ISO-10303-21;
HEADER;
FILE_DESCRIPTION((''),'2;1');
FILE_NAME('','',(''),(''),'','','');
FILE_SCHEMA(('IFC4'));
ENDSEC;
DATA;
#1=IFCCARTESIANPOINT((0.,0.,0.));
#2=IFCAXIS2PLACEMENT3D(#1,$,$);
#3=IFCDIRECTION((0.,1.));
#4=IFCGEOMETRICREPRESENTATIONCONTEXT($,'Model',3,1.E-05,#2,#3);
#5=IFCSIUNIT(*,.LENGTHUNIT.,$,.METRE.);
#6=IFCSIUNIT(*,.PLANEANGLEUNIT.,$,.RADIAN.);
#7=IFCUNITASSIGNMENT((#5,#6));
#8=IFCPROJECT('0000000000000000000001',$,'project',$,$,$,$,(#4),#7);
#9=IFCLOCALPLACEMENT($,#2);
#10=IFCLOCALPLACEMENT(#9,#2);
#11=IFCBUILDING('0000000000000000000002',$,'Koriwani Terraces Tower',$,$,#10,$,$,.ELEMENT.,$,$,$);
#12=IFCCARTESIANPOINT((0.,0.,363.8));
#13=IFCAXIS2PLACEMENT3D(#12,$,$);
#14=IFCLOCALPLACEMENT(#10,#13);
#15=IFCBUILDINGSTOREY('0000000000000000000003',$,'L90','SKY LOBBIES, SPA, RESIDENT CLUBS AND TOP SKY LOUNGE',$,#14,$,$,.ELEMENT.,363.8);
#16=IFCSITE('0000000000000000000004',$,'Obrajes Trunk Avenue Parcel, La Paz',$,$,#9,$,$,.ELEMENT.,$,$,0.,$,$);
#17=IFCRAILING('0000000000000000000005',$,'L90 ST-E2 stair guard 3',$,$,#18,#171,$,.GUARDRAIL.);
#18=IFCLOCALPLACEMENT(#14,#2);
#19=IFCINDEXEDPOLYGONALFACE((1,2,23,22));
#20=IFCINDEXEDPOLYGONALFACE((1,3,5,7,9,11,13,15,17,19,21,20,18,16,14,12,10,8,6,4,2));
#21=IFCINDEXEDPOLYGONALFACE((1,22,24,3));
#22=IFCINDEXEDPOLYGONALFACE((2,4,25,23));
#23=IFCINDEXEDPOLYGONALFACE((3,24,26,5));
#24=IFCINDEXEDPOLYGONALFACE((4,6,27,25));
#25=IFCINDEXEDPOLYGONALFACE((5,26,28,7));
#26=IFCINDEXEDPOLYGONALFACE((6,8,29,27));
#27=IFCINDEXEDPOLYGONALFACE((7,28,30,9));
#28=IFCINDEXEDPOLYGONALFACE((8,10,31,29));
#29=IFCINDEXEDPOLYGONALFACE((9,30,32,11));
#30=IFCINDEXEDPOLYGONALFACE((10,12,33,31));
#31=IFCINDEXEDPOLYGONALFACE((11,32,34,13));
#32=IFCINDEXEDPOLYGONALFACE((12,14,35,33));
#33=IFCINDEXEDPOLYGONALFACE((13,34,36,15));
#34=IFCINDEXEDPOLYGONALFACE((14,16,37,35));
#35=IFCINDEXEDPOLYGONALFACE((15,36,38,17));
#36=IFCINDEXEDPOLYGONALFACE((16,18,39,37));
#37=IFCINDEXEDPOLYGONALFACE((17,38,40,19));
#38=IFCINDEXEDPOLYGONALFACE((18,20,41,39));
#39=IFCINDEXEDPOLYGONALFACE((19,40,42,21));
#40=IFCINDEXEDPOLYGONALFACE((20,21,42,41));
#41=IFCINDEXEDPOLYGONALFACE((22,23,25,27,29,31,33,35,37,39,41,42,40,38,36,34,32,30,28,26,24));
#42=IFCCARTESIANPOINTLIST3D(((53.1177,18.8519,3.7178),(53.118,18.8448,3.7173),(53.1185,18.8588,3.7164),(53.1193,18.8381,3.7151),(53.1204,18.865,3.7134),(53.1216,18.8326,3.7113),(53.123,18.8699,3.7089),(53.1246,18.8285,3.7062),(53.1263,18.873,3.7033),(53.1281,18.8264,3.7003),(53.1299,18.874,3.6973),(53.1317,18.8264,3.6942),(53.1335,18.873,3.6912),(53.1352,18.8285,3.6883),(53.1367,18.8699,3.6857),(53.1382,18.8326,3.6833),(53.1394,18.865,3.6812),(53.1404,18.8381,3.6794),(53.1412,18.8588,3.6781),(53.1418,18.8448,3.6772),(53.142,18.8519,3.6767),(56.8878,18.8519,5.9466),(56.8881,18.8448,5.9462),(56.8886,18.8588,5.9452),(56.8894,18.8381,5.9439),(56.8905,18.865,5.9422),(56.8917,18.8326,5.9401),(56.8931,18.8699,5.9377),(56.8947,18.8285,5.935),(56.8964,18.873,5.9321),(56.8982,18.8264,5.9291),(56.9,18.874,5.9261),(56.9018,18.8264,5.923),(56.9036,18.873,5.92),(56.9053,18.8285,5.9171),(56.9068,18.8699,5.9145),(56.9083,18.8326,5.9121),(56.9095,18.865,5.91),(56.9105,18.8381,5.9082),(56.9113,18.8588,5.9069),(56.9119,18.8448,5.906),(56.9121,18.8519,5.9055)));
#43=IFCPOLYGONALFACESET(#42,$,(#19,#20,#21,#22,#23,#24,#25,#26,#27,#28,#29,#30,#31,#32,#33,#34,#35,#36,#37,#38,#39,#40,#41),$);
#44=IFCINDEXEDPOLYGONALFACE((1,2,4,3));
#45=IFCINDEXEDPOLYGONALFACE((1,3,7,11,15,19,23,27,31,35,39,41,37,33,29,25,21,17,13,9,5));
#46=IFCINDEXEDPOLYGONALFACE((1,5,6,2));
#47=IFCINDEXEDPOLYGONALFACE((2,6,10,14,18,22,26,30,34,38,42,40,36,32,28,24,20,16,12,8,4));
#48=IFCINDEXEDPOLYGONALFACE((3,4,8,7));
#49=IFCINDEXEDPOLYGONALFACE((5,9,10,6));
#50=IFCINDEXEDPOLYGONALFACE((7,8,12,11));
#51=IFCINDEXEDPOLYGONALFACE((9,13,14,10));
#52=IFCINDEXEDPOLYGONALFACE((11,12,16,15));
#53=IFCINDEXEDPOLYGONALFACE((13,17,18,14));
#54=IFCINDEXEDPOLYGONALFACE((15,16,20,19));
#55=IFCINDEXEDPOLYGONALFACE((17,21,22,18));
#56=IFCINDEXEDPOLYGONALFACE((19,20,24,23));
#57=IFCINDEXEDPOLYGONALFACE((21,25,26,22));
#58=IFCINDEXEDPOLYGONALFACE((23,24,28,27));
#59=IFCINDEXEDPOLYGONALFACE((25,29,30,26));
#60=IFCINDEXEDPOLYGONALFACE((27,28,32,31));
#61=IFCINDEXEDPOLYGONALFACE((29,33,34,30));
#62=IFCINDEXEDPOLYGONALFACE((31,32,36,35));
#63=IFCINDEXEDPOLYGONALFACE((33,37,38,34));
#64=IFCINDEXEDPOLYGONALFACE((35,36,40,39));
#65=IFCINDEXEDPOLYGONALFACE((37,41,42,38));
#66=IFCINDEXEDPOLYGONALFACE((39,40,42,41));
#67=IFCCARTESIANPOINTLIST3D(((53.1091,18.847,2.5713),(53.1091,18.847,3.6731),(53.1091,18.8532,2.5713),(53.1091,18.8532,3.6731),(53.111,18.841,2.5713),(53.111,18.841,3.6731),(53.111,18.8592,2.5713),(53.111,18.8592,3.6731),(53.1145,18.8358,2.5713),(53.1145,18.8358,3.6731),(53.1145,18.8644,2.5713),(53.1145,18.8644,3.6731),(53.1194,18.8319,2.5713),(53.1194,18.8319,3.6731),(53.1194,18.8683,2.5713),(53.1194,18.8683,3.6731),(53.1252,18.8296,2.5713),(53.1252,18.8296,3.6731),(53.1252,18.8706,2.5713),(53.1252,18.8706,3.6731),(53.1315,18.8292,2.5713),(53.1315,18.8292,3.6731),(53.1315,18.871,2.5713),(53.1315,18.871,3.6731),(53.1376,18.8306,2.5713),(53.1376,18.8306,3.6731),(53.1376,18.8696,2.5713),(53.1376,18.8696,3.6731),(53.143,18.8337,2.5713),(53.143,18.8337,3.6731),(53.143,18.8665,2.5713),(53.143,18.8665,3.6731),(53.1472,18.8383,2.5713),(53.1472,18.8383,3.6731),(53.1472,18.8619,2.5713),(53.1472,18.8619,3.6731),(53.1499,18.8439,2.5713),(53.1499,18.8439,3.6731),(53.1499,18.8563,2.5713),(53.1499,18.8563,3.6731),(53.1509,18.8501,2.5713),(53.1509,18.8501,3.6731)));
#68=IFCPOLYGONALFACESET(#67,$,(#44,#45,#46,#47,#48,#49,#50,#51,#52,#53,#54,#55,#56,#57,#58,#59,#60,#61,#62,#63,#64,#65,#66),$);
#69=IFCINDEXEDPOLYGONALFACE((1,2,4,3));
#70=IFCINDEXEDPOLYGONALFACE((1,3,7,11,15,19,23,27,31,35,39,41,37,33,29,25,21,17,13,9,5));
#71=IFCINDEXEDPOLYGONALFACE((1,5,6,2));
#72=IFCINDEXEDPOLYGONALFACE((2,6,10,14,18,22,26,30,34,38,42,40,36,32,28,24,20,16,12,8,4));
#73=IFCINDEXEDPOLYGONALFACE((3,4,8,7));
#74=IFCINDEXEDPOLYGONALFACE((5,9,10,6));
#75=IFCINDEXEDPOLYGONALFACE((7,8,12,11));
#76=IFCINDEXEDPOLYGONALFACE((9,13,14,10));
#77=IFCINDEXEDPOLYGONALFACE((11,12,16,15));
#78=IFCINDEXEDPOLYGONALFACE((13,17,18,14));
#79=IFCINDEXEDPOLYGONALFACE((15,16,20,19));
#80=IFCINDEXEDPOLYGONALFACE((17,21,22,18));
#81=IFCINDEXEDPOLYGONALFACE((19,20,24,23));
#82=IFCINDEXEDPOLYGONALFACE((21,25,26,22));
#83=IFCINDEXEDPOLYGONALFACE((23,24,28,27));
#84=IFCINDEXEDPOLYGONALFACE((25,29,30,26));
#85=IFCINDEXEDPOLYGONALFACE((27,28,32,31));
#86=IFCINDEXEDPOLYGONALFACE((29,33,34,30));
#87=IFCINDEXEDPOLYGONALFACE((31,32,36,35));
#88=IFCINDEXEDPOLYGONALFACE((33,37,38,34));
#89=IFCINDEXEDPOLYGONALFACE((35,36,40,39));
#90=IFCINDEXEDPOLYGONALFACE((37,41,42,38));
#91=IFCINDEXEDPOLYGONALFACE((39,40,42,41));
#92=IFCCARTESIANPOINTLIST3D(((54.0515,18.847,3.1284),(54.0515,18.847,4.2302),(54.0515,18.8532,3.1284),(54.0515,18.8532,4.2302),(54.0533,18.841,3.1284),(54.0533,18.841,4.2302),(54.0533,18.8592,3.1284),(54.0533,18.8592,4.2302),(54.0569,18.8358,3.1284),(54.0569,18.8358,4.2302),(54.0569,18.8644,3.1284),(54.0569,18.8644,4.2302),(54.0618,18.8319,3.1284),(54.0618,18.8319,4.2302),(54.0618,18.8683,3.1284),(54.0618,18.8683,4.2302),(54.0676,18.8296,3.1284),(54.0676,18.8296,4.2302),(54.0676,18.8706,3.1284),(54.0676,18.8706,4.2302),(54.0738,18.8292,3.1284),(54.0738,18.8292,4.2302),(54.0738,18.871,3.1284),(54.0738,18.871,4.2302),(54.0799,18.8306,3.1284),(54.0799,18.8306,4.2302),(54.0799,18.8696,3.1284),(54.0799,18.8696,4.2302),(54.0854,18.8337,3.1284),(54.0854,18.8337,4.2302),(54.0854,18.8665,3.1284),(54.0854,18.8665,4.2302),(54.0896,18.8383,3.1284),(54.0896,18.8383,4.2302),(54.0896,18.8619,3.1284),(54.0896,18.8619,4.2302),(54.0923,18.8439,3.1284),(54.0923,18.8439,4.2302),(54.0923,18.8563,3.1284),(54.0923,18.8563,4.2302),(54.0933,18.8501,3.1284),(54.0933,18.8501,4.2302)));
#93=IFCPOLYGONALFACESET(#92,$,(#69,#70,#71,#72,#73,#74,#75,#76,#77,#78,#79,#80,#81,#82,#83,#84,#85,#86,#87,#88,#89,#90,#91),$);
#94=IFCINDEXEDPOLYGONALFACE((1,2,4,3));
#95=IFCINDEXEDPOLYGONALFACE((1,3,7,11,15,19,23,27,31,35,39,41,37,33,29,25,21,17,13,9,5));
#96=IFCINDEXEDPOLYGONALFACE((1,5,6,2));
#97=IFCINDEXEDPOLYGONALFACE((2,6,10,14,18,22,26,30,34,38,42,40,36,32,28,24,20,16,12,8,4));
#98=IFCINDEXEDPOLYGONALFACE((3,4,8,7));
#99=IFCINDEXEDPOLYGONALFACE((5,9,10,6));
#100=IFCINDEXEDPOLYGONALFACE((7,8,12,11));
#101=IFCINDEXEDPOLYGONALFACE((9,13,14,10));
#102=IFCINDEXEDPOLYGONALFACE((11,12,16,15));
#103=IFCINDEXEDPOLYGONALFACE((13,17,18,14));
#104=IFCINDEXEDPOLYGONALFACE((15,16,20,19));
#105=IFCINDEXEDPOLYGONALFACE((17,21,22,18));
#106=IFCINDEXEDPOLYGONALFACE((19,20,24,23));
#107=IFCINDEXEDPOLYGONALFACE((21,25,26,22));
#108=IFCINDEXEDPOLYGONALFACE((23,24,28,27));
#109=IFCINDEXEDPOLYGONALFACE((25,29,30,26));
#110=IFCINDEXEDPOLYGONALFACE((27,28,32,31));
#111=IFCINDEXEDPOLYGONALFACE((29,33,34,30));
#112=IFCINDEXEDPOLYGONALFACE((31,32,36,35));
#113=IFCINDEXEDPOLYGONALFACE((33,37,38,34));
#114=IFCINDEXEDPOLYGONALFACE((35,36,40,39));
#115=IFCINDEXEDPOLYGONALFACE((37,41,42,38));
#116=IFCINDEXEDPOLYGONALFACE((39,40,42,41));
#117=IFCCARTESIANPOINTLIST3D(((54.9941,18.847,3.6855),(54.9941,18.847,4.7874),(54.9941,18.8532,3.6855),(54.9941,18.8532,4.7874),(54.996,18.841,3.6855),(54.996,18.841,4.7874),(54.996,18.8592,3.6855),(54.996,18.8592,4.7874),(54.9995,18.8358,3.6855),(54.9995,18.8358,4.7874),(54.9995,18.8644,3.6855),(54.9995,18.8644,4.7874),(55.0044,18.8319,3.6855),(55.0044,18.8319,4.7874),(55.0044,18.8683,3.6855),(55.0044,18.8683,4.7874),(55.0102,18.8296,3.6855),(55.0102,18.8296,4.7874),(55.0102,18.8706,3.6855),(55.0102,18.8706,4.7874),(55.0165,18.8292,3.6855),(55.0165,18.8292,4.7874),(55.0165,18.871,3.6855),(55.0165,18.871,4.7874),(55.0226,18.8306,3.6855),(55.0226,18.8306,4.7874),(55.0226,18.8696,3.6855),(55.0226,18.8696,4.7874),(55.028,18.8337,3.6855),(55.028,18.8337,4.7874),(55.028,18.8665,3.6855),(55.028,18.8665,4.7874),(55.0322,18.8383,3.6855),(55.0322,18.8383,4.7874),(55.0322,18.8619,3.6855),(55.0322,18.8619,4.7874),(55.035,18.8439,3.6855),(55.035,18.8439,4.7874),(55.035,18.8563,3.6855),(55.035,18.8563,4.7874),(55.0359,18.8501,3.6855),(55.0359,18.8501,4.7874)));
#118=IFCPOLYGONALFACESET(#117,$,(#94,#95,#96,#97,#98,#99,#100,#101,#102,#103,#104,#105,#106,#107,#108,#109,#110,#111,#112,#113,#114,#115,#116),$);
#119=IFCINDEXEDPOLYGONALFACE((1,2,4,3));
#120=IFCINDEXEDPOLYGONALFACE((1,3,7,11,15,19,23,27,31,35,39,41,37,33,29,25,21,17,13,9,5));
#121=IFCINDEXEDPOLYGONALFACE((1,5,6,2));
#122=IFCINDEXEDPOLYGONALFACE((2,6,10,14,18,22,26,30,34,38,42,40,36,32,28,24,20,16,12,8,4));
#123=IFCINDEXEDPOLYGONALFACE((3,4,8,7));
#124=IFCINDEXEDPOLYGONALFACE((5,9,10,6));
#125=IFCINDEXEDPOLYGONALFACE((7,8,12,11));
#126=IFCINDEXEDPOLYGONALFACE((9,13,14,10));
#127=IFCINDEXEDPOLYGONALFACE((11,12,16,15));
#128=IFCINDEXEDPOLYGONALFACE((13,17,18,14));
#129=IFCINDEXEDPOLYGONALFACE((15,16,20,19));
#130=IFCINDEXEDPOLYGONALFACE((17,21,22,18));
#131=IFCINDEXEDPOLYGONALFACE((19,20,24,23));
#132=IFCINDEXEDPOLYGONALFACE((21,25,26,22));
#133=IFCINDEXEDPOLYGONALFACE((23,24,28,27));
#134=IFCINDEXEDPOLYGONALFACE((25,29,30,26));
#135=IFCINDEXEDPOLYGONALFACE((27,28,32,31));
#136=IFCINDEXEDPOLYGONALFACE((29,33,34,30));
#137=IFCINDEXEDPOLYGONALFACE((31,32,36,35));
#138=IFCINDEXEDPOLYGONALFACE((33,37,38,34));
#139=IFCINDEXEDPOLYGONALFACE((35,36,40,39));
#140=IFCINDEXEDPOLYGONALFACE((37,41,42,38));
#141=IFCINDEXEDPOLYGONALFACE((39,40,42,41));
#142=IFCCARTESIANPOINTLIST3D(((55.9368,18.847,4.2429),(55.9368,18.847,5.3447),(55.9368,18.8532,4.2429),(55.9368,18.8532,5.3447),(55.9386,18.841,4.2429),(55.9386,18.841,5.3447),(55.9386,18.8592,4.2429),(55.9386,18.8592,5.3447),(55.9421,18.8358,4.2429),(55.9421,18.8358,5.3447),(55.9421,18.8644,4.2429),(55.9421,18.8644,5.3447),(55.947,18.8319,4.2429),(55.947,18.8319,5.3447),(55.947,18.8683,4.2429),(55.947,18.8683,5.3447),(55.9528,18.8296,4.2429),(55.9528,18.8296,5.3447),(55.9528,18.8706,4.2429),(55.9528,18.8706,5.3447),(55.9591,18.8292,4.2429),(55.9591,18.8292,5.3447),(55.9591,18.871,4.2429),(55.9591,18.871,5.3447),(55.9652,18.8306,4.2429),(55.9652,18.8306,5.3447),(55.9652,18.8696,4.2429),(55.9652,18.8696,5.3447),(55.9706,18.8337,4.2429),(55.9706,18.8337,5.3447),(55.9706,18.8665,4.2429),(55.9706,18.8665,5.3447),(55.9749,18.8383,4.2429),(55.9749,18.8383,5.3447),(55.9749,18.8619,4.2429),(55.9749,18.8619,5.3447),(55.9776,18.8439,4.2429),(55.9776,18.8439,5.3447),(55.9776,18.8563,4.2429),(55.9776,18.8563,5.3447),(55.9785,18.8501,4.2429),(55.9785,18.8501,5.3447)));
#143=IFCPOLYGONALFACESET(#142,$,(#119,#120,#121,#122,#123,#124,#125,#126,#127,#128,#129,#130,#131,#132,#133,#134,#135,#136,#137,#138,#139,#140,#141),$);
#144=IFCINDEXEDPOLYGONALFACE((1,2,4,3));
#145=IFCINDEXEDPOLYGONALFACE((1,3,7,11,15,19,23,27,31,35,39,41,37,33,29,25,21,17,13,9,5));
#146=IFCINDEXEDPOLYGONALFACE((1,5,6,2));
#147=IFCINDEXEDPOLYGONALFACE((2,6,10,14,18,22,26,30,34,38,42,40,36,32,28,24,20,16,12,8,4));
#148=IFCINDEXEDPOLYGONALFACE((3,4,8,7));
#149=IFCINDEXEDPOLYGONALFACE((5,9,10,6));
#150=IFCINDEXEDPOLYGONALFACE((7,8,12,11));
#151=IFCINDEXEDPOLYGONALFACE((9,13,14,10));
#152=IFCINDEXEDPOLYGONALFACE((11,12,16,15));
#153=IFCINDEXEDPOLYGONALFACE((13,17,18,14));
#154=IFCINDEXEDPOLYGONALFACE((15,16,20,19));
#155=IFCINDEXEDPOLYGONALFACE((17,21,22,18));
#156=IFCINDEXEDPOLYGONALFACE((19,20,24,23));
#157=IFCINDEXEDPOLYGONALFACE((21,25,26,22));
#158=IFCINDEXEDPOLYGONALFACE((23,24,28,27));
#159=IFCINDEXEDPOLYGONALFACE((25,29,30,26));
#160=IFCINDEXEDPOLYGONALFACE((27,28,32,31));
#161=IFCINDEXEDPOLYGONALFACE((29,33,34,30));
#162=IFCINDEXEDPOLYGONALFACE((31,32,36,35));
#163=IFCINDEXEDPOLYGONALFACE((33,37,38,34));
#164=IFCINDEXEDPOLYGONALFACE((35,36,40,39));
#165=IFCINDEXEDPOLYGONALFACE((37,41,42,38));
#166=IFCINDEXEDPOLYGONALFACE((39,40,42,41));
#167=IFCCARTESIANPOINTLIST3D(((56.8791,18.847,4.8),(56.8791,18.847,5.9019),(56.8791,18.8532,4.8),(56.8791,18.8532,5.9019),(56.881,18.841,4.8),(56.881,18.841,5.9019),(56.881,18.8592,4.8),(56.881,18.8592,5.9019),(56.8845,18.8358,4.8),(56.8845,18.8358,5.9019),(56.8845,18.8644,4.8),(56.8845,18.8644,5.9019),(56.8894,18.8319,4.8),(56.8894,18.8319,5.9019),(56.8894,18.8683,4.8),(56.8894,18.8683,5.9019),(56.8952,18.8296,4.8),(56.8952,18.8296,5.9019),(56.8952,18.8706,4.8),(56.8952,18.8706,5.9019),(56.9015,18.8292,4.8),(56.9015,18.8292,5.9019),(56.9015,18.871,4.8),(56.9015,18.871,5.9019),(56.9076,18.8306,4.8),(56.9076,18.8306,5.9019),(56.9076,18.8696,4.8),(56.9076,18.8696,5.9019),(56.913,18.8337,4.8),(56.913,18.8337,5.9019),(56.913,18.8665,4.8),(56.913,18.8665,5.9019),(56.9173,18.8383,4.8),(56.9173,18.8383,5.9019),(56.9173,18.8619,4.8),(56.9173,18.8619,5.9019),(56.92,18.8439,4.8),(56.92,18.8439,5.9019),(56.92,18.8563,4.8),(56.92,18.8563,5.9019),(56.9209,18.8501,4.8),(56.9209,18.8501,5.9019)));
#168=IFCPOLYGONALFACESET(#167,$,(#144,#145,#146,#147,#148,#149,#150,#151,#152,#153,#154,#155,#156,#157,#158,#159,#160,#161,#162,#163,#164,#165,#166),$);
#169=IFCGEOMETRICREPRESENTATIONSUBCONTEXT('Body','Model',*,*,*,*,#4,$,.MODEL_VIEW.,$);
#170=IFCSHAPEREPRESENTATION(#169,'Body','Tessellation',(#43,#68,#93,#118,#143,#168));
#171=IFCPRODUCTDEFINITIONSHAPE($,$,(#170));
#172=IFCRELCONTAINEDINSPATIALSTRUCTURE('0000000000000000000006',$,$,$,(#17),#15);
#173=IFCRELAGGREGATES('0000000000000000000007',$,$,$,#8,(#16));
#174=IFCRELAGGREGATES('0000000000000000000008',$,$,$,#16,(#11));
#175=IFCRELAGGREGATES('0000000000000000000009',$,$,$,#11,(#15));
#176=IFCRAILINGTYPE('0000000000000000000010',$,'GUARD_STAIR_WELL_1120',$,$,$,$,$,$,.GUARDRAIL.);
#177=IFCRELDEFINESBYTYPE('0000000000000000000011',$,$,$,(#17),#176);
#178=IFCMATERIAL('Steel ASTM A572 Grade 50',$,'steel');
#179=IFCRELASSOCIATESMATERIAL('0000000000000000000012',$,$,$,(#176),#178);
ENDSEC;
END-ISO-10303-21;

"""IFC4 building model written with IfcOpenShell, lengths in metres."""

from ifc_helpers import new_model, si_unit, direction, frame, origin, origin_2d, place, context, subcontext, project, spatial, circle, extrude, material, type_object, element, save


model = new_model("IFC4")

# Units and contexts
model_context = context("Model", 3, precision=1e-05, world=origin(), true_north=direction((0.0, 1.0)))
body_context = subcontext(model_context, "Body", "Model", "MODEL_VIEW")
ifc_project = project(units=[si_unit("LENGTHUNIT", "METRE"), si_unit("PLANEANGLEUNIT", "RADIAN")], contexts=[model_context])

# Site, building, storey
site_placement = place(None, origin())
site = spatial("IfcSite", under=ifc_project, at=site_placement, Name="Obrajes Trunk Avenue Parcel, La Paz", CompositionType="ELEMENT", RefElevation=0.0)
building_placement = place(site_placement, origin())
building = spatial("IfcBuilding", under=site, at=building_placement, Name="Koriwani Terraces Tower", CompositionType="ELEMENT")
storey_placement = place(building_placement, frame((0.0, 0.0, 363.8)))
storey = spatial("IfcBuildingStorey", under=building, at=storey_placement, Name="L90", Description="SKY LOBBIES, SPA, RESIDENT CLUBS AND TOP SKY LOUNGE", CompositionType="ELEMENT", Elevation=363.8)

# Shared definitions
ifc_material_1 = material(Name="Steel ASTM A572 Grade 50", Category="steel")

# Railing
railing_type_1 = type_object("IfcRailingType", Name="GUARD_STAIR_WELL_1120", PredefinedType="GUARDRAIL", material=ifc_material_1)
railing_1_placement = place(storey_placement, frame((53.1299, 18.8501, 2.5713)))
element("IfcRailing", 1, at=railing_1_placement, inside=storey, type_object=railing_type_1, Name="L90 ST-E2 stair guard 3", PredefinedType="GUARDRAIL", context=body_context, shape_type="SweptSolid", body=[
    extrude(circle(Radius=0.0239, at=origin_2d()), frame((0.0, 0.0, 1.126), z_axis=(0.860824, 0.0, 0.508902), x_axis=(0.0, 1.0, 0.0)), (0.0, 0.0, 1.0), 4.3796),
    extrude(circle(Radius=0.021, at=origin_2d()), origin(), (0.0, 0.0, 1.0), 1.1018),
    extrude(circle(Radius=0.021, at=origin_2d()), frame((0.9424, 0.0, 0.5571)), (0.0, 0.0, 1.0), 1.1018),
    extrude(circle(Radius=0.021, at=origin_2d()), frame((1.885, 0.0, 1.1143)), (0.0, 0.0, 1.0), 1.1018),
    extrude(circle(Radius=0.021, at=origin_2d()), frame((2.8276, 0.0, 1.6716)), (0.0, 0.0, 1.0), 1.1018),
    extrude(circle(Radius=0.021, at=origin_2d()), frame((3.77, 0.0, 2.2288)), (0.0, 0.0, 1.0), 1.1018),
])

save(model, "model.ifc")
